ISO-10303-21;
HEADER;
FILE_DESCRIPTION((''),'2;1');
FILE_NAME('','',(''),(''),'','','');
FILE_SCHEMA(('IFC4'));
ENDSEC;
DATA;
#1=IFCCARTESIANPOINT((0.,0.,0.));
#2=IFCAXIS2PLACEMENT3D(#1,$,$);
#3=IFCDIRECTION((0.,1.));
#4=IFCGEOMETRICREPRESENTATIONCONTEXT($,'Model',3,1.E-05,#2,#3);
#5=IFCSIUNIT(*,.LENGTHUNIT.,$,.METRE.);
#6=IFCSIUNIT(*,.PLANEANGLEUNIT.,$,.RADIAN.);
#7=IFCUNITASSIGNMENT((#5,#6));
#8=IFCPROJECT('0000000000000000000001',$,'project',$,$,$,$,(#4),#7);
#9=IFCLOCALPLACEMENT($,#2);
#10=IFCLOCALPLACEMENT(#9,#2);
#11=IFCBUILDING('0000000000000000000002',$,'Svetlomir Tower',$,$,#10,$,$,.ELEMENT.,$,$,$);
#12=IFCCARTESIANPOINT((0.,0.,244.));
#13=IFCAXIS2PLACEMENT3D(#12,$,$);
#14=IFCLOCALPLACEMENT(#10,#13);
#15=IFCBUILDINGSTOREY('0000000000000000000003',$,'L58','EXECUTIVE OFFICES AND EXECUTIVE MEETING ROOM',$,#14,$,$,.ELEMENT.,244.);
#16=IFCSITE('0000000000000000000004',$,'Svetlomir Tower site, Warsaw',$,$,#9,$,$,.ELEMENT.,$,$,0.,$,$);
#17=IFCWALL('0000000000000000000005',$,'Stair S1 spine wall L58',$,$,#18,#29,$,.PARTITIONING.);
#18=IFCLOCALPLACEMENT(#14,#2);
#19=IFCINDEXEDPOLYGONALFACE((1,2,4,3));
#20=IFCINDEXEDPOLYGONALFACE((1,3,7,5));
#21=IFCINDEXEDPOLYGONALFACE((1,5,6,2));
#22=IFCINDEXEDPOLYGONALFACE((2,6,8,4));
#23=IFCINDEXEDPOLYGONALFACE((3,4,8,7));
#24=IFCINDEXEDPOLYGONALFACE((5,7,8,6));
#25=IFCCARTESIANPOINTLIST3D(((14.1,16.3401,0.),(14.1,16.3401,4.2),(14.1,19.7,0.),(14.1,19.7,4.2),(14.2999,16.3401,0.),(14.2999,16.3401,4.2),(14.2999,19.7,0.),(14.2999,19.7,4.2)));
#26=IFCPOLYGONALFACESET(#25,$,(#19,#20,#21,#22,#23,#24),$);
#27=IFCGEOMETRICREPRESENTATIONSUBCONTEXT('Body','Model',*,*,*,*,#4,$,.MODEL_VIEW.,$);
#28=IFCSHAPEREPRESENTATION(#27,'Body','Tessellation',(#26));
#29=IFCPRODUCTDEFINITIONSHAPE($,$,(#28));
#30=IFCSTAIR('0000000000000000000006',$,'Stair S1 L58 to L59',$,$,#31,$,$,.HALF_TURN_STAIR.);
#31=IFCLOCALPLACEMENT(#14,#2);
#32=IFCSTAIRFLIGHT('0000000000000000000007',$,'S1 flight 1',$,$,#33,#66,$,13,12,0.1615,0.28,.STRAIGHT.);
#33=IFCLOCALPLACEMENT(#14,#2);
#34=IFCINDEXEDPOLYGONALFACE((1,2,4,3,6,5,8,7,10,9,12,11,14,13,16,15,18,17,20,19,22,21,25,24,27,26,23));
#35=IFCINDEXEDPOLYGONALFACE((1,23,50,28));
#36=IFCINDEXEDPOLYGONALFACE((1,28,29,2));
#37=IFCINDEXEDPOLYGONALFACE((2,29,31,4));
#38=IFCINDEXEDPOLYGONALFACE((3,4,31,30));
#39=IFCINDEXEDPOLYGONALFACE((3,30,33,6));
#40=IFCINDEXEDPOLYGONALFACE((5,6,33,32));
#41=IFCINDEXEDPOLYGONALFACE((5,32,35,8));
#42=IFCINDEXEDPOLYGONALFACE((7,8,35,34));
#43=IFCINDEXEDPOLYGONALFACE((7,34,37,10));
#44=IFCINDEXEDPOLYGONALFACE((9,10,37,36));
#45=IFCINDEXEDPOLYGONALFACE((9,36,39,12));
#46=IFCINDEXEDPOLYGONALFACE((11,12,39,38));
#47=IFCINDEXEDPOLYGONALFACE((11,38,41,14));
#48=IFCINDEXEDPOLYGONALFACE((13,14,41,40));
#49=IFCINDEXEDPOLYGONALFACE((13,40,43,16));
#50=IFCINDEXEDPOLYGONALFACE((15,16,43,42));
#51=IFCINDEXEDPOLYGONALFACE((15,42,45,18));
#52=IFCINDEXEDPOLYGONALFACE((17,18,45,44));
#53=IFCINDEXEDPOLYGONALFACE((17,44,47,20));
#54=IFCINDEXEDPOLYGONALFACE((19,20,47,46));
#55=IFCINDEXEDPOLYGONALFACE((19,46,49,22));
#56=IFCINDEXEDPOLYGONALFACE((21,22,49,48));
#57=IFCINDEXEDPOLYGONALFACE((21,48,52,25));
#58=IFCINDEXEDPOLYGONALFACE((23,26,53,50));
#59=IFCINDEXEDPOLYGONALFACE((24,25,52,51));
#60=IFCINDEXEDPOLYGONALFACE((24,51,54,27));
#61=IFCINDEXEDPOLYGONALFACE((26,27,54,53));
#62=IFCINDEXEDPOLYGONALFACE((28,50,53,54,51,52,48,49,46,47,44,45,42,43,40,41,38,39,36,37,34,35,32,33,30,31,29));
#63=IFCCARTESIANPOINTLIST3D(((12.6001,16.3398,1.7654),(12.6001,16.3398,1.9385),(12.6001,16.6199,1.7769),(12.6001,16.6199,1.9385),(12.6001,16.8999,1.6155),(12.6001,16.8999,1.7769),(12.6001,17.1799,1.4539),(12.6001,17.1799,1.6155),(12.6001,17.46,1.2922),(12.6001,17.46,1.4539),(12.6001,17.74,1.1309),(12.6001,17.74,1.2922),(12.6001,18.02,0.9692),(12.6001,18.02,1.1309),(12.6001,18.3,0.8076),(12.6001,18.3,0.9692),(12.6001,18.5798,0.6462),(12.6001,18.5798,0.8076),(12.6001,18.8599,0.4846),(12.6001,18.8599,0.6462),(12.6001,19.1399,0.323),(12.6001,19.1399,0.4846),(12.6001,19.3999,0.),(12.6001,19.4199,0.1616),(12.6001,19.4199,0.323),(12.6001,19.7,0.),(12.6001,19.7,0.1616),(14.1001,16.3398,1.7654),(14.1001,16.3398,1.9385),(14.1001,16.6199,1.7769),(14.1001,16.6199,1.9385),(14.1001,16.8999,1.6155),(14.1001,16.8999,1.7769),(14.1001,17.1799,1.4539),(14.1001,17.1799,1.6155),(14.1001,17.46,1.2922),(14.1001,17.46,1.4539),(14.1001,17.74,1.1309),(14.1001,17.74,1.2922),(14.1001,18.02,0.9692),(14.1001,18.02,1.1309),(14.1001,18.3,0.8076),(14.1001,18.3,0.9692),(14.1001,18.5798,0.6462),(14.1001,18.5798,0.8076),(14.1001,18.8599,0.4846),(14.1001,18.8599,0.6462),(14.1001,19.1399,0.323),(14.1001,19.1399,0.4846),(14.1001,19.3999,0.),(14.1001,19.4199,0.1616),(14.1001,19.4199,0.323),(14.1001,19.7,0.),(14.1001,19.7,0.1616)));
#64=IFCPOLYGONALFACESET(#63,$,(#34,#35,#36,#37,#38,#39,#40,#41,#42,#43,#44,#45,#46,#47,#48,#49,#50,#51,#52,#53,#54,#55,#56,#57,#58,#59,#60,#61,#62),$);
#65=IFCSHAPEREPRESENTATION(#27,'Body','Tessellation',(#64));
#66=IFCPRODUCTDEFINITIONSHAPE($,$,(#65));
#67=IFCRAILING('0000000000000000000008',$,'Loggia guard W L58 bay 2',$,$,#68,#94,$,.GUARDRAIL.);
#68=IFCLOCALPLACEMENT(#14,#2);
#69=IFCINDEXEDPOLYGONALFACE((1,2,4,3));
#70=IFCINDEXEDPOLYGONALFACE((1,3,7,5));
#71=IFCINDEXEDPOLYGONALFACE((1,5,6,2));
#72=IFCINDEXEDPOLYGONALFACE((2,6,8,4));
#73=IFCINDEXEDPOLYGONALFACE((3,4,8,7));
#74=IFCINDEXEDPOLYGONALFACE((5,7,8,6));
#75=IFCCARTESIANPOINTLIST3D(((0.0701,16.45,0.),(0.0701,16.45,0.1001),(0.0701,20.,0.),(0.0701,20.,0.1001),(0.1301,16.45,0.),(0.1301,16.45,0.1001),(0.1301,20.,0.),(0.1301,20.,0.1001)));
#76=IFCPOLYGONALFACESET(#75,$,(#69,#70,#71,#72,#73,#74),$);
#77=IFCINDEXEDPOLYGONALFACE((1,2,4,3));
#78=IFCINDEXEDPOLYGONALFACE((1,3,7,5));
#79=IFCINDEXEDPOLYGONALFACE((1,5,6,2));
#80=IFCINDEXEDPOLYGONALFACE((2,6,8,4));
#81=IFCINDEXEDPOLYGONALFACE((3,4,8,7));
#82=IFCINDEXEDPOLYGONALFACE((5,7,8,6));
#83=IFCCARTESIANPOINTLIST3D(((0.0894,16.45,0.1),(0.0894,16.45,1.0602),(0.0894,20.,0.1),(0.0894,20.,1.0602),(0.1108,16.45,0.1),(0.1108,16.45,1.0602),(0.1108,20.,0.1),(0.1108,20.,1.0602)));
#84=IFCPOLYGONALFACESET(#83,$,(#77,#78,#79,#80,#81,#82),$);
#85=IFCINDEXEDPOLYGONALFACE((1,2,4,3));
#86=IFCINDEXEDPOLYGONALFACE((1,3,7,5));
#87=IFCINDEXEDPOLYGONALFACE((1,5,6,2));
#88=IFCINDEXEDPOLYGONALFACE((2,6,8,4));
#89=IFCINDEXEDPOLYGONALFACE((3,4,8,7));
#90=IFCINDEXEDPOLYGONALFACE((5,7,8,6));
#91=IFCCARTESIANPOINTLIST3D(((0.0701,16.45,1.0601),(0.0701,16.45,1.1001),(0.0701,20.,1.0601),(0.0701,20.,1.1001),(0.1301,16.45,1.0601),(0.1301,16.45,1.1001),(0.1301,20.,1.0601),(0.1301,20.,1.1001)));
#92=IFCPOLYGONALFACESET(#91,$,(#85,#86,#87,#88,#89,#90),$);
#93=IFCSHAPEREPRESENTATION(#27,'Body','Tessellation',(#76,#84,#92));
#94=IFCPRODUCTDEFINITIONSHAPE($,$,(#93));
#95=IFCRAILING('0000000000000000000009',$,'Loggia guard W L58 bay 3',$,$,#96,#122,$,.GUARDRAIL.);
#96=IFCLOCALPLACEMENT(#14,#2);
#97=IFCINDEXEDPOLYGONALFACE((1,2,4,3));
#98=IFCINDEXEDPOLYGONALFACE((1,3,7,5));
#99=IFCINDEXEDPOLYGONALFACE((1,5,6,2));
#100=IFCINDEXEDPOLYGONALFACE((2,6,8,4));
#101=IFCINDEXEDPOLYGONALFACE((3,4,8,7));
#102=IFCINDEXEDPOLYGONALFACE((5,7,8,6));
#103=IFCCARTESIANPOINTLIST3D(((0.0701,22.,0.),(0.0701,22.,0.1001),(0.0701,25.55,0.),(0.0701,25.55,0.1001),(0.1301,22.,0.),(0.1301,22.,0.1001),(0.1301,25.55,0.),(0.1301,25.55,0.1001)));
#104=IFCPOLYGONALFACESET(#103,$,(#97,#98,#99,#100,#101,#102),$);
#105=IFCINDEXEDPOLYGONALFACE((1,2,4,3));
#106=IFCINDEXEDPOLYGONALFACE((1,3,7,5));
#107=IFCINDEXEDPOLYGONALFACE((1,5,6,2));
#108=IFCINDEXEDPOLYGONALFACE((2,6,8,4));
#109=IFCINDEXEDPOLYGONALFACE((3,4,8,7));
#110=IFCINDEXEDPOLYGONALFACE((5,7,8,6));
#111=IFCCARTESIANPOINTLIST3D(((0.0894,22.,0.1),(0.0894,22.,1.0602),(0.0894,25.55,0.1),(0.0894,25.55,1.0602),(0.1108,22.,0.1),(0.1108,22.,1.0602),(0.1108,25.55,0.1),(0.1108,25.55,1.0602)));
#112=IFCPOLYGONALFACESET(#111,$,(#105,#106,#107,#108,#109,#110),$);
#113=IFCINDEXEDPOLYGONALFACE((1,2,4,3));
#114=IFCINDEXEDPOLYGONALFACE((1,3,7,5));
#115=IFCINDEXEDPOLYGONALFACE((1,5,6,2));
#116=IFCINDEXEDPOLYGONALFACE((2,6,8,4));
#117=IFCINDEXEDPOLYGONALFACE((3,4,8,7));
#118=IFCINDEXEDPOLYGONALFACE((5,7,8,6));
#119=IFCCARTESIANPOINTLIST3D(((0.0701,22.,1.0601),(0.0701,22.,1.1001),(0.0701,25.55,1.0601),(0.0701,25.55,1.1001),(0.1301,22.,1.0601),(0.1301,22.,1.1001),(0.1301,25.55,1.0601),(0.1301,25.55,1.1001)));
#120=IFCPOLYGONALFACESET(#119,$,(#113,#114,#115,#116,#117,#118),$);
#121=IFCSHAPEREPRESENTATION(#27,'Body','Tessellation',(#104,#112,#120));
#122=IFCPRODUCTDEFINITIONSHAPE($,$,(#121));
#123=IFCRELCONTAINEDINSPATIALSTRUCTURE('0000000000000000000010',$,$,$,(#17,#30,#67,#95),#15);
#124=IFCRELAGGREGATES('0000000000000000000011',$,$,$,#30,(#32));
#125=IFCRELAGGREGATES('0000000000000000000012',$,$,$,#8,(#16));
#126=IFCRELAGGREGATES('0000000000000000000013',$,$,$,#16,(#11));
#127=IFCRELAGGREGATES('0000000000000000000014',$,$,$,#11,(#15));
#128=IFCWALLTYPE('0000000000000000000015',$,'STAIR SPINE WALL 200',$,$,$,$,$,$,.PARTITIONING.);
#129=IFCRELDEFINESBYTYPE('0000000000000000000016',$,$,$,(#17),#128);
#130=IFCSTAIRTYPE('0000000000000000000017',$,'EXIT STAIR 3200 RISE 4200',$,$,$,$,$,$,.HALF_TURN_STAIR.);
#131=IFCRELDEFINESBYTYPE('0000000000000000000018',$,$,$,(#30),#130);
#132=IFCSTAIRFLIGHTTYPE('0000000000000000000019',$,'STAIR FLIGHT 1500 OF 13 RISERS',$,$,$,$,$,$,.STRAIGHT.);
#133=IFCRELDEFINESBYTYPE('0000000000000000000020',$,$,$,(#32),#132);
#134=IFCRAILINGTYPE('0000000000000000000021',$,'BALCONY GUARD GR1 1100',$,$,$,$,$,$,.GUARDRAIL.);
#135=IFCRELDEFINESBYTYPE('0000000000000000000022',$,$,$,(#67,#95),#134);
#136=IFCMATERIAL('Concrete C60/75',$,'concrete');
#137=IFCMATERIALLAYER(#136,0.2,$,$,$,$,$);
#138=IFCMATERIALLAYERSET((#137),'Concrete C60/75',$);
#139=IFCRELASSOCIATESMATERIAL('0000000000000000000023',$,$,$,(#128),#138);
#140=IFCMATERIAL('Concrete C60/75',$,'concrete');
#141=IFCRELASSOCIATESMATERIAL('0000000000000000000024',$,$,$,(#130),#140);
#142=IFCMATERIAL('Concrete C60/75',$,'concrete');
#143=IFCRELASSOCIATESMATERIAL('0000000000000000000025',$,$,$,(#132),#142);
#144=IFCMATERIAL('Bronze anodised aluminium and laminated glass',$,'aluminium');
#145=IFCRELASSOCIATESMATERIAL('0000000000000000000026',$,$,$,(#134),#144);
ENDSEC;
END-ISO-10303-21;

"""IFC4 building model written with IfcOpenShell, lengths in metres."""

from ifc_helpers import new_model, si_unit, direction, frame, frame_2d, origin, origin_2d, place, context, subcontext, project, spatial, polyline, rectangle, outline, extrude, material, layer, layer_set, type_object, element, aggregate, save


model = new_model("IFC4")

# Units and contexts
model_context = context("Model", 3, precision=1e-05, world=origin(), true_north=direction((0.0, 1.0)))
body_context = subcontext(model_context, "Body", "Model", "MODEL_VIEW")
ifc_project = project(units=[si_unit("LENGTHUNIT", "METRE"), si_unit("PLANEANGLEUNIT", "RADIAN")], contexts=[model_context])

# Site, building, storey
site_placement = place(None, origin())
site = spatial("IfcSite", under=ifc_project, at=site_placement, Name="Svetlomir Tower site, Warsaw", CompositionType="ELEMENT", RefElevation=0.0)
building_placement = place(site_placement, origin())
building = spatial("IfcBuilding", under=site, at=building_placement, Name="Svetlomir Tower", CompositionType="ELEMENT")
storey_placement = place(building_placement, frame((0.0, 0.0, 244.0)))
storey = spatial("IfcBuildingStorey", under=building, at=storey_placement, Name="L58", Description="EXECUTIVE OFFICES AND EXECUTIVE MEETING ROOM", CompositionType="ELEMENT", Elevation=244.0)

# Wall
ifc_material_1 = material(Name="Concrete C60/75", Category="concrete")
ifc_layer_1 = layer(ifc_material_1, 0.2)
ifc_layer_set_1 = layer_set([ifc_layer_1], Name="Concrete C60/75")
wall_type_1 = type_object("IfcWallType", Name="STAIR SPINE WALL 200", PredefinedType="PARTITIONING", material=ifc_layer_set_1)
wall_1_placement = place(storey_placement, frame((14.2, 16.3401, 0.0), z_axis=(0.0, 0.0, 1.0), x_axis=(0.0, 1.0, 0.0)))
element("IfcWall", 1, at=wall_1_placement, inside=storey, type_object=wall_type_1, Name="Stair S1 spine wall L58", PredefinedType="PARTITIONING", context=body_context, shape_type="SweptSolid", body=[
    extrude(rectangle(XDim=3.3599, YDim=0.2, at=frame_2d((1.6799, 0.0))), origin(), (0.0, 0.0, 1.0), 4.2),
])

# Stair, stair flight
ifc_material_2 = material(Name="Concrete C60/75", Category="concrete")
stair_type = type_object("IfcStairType", Name="EXIT STAIR 3200 RISE 4200", PredefinedType="HALF_TURN_STAIR", material=ifc_material_2)
stair_placement = place(storey_placement, origin())
stair = element("IfcStair", 2, at=stair_placement, inside=storey, type_object=stair_type, Name="Stair S1 L58 to L59", PredefinedType="HALF_TURN_STAIR")
ifc_material_3 = material(Name="Concrete C60/75", Category="concrete")
stair_flight_type = type_object("IfcStairFlightType", Name="STAIR FLIGHT 1500 OF 13 RISERS", PredefinedType="STRAIGHT", material=ifc_material_3)
stair_flight_placement = place(storey_placement, frame((13.3501, 19.7, 0.0), z_axis=(0.0, 0.0, 1.0), x_axis=(0.0, -1.0, 0.0)))
stair_flight = element("IfcStairFlight", 3, at=stair_flight_placement, type_object=stair_flight_type, Name="S1 flight 1", NumberOfRisers=13, NumberOfTreads=12, PredefinedType="STRAIGHT", RiserHeight=0.1615, TreadLength=0.28, context=body_context, shape_type="SweptSolid", body=[
    extrude(outline(polyline([(0.0, 0.0), (0.0, 0.1616), (0.28, 0.1616), (0.28, 0.323), (0.5601, 0.323), (0.5601, 0.4846), (0.8401, 0.4846), (0.8401, 0.6462), (1.1201, 0.6462), (1.1201, 0.8076), (1.3999, 0.8076), (1.3999, 0.9692), (1.6799, 0.9692), (1.6799, 1.1309), (1.96, 1.1309), (1.96, 1.2922), (2.24, 1.2922), (2.24, 1.4539), (2.52, 1.4539), (2.52, 1.6155), (2.8, 1.6155), (2.8, 1.7769), (3.0801, 1.7769), (3.0801, 1.9385), (3.3601, 1.9385), (3.3601, 2.1001), (3.3601, 1.7654), (0.3, 0.0), (0.0, 0.0)])), frame((0.0, 0.75, 0.0), z_axis=(0.0, -1.0, 0.0), x_axis=(1.0, 0.0, 0.0)), (0.0, 0.0, 1.0), 1.5),
])
aggregate(stair, [stair_flight])

# Railings
ifc_material_4 = material(Name="Bronze anodised aluminium and laminated glass", Category="aluminium")
railing_type_1 = type_object("IfcRailingType", Name="BALCONY GUARD GR1 1100", PredefinedType="GUARDRAIL", material=ifc_material_4)
for number, where, name in (
    (4, (0.1001, 16.45, 0.0), "Loggia guard W L58 bay 2"),
    (5, (0.1001, 22.0, 0.0), "Loggia guard W L58 bay 3"),
):
    element("IfcRailing", number, at=place(storey_placement, frame(where)), inside=storey, type_object=railing_type_1, Name=name, PredefinedType="GUARDRAIL", context=body_context, shape_type="SweptSolid", body=[
        extrude(rectangle(XDim=0.0601, YDim=0.1001, at=origin_2d()), frame((0.0, 0.0, 0.05), z_axis=(0.0, 1.0, 0.0), x_axis=(-1.0, 0.0, 0.0)), (0.0, 0.0, 1.0), 3.55),
        extrude(rectangle(XDim=0.0215, YDim=0.9602, at=origin_2d()), frame((0.0, 0.0, 0.5801), z_axis=(0.0, 1.0, 0.0), x_axis=(-1.0, 0.0, 0.0)), (0.0, 0.0, 1.0), 3.55),
        extrude(rectangle(XDim=0.0601, YDim=0.04, at=origin_2d()), frame((0.0, 0.0, 1.0801), z_axis=(0.0, 1.0, 0.0), x_axis=(-1.0, 0.0, 0.0)), (0.0, 0.0, 1.0), 3.55),
    ])

save(model, "model.ifc")
